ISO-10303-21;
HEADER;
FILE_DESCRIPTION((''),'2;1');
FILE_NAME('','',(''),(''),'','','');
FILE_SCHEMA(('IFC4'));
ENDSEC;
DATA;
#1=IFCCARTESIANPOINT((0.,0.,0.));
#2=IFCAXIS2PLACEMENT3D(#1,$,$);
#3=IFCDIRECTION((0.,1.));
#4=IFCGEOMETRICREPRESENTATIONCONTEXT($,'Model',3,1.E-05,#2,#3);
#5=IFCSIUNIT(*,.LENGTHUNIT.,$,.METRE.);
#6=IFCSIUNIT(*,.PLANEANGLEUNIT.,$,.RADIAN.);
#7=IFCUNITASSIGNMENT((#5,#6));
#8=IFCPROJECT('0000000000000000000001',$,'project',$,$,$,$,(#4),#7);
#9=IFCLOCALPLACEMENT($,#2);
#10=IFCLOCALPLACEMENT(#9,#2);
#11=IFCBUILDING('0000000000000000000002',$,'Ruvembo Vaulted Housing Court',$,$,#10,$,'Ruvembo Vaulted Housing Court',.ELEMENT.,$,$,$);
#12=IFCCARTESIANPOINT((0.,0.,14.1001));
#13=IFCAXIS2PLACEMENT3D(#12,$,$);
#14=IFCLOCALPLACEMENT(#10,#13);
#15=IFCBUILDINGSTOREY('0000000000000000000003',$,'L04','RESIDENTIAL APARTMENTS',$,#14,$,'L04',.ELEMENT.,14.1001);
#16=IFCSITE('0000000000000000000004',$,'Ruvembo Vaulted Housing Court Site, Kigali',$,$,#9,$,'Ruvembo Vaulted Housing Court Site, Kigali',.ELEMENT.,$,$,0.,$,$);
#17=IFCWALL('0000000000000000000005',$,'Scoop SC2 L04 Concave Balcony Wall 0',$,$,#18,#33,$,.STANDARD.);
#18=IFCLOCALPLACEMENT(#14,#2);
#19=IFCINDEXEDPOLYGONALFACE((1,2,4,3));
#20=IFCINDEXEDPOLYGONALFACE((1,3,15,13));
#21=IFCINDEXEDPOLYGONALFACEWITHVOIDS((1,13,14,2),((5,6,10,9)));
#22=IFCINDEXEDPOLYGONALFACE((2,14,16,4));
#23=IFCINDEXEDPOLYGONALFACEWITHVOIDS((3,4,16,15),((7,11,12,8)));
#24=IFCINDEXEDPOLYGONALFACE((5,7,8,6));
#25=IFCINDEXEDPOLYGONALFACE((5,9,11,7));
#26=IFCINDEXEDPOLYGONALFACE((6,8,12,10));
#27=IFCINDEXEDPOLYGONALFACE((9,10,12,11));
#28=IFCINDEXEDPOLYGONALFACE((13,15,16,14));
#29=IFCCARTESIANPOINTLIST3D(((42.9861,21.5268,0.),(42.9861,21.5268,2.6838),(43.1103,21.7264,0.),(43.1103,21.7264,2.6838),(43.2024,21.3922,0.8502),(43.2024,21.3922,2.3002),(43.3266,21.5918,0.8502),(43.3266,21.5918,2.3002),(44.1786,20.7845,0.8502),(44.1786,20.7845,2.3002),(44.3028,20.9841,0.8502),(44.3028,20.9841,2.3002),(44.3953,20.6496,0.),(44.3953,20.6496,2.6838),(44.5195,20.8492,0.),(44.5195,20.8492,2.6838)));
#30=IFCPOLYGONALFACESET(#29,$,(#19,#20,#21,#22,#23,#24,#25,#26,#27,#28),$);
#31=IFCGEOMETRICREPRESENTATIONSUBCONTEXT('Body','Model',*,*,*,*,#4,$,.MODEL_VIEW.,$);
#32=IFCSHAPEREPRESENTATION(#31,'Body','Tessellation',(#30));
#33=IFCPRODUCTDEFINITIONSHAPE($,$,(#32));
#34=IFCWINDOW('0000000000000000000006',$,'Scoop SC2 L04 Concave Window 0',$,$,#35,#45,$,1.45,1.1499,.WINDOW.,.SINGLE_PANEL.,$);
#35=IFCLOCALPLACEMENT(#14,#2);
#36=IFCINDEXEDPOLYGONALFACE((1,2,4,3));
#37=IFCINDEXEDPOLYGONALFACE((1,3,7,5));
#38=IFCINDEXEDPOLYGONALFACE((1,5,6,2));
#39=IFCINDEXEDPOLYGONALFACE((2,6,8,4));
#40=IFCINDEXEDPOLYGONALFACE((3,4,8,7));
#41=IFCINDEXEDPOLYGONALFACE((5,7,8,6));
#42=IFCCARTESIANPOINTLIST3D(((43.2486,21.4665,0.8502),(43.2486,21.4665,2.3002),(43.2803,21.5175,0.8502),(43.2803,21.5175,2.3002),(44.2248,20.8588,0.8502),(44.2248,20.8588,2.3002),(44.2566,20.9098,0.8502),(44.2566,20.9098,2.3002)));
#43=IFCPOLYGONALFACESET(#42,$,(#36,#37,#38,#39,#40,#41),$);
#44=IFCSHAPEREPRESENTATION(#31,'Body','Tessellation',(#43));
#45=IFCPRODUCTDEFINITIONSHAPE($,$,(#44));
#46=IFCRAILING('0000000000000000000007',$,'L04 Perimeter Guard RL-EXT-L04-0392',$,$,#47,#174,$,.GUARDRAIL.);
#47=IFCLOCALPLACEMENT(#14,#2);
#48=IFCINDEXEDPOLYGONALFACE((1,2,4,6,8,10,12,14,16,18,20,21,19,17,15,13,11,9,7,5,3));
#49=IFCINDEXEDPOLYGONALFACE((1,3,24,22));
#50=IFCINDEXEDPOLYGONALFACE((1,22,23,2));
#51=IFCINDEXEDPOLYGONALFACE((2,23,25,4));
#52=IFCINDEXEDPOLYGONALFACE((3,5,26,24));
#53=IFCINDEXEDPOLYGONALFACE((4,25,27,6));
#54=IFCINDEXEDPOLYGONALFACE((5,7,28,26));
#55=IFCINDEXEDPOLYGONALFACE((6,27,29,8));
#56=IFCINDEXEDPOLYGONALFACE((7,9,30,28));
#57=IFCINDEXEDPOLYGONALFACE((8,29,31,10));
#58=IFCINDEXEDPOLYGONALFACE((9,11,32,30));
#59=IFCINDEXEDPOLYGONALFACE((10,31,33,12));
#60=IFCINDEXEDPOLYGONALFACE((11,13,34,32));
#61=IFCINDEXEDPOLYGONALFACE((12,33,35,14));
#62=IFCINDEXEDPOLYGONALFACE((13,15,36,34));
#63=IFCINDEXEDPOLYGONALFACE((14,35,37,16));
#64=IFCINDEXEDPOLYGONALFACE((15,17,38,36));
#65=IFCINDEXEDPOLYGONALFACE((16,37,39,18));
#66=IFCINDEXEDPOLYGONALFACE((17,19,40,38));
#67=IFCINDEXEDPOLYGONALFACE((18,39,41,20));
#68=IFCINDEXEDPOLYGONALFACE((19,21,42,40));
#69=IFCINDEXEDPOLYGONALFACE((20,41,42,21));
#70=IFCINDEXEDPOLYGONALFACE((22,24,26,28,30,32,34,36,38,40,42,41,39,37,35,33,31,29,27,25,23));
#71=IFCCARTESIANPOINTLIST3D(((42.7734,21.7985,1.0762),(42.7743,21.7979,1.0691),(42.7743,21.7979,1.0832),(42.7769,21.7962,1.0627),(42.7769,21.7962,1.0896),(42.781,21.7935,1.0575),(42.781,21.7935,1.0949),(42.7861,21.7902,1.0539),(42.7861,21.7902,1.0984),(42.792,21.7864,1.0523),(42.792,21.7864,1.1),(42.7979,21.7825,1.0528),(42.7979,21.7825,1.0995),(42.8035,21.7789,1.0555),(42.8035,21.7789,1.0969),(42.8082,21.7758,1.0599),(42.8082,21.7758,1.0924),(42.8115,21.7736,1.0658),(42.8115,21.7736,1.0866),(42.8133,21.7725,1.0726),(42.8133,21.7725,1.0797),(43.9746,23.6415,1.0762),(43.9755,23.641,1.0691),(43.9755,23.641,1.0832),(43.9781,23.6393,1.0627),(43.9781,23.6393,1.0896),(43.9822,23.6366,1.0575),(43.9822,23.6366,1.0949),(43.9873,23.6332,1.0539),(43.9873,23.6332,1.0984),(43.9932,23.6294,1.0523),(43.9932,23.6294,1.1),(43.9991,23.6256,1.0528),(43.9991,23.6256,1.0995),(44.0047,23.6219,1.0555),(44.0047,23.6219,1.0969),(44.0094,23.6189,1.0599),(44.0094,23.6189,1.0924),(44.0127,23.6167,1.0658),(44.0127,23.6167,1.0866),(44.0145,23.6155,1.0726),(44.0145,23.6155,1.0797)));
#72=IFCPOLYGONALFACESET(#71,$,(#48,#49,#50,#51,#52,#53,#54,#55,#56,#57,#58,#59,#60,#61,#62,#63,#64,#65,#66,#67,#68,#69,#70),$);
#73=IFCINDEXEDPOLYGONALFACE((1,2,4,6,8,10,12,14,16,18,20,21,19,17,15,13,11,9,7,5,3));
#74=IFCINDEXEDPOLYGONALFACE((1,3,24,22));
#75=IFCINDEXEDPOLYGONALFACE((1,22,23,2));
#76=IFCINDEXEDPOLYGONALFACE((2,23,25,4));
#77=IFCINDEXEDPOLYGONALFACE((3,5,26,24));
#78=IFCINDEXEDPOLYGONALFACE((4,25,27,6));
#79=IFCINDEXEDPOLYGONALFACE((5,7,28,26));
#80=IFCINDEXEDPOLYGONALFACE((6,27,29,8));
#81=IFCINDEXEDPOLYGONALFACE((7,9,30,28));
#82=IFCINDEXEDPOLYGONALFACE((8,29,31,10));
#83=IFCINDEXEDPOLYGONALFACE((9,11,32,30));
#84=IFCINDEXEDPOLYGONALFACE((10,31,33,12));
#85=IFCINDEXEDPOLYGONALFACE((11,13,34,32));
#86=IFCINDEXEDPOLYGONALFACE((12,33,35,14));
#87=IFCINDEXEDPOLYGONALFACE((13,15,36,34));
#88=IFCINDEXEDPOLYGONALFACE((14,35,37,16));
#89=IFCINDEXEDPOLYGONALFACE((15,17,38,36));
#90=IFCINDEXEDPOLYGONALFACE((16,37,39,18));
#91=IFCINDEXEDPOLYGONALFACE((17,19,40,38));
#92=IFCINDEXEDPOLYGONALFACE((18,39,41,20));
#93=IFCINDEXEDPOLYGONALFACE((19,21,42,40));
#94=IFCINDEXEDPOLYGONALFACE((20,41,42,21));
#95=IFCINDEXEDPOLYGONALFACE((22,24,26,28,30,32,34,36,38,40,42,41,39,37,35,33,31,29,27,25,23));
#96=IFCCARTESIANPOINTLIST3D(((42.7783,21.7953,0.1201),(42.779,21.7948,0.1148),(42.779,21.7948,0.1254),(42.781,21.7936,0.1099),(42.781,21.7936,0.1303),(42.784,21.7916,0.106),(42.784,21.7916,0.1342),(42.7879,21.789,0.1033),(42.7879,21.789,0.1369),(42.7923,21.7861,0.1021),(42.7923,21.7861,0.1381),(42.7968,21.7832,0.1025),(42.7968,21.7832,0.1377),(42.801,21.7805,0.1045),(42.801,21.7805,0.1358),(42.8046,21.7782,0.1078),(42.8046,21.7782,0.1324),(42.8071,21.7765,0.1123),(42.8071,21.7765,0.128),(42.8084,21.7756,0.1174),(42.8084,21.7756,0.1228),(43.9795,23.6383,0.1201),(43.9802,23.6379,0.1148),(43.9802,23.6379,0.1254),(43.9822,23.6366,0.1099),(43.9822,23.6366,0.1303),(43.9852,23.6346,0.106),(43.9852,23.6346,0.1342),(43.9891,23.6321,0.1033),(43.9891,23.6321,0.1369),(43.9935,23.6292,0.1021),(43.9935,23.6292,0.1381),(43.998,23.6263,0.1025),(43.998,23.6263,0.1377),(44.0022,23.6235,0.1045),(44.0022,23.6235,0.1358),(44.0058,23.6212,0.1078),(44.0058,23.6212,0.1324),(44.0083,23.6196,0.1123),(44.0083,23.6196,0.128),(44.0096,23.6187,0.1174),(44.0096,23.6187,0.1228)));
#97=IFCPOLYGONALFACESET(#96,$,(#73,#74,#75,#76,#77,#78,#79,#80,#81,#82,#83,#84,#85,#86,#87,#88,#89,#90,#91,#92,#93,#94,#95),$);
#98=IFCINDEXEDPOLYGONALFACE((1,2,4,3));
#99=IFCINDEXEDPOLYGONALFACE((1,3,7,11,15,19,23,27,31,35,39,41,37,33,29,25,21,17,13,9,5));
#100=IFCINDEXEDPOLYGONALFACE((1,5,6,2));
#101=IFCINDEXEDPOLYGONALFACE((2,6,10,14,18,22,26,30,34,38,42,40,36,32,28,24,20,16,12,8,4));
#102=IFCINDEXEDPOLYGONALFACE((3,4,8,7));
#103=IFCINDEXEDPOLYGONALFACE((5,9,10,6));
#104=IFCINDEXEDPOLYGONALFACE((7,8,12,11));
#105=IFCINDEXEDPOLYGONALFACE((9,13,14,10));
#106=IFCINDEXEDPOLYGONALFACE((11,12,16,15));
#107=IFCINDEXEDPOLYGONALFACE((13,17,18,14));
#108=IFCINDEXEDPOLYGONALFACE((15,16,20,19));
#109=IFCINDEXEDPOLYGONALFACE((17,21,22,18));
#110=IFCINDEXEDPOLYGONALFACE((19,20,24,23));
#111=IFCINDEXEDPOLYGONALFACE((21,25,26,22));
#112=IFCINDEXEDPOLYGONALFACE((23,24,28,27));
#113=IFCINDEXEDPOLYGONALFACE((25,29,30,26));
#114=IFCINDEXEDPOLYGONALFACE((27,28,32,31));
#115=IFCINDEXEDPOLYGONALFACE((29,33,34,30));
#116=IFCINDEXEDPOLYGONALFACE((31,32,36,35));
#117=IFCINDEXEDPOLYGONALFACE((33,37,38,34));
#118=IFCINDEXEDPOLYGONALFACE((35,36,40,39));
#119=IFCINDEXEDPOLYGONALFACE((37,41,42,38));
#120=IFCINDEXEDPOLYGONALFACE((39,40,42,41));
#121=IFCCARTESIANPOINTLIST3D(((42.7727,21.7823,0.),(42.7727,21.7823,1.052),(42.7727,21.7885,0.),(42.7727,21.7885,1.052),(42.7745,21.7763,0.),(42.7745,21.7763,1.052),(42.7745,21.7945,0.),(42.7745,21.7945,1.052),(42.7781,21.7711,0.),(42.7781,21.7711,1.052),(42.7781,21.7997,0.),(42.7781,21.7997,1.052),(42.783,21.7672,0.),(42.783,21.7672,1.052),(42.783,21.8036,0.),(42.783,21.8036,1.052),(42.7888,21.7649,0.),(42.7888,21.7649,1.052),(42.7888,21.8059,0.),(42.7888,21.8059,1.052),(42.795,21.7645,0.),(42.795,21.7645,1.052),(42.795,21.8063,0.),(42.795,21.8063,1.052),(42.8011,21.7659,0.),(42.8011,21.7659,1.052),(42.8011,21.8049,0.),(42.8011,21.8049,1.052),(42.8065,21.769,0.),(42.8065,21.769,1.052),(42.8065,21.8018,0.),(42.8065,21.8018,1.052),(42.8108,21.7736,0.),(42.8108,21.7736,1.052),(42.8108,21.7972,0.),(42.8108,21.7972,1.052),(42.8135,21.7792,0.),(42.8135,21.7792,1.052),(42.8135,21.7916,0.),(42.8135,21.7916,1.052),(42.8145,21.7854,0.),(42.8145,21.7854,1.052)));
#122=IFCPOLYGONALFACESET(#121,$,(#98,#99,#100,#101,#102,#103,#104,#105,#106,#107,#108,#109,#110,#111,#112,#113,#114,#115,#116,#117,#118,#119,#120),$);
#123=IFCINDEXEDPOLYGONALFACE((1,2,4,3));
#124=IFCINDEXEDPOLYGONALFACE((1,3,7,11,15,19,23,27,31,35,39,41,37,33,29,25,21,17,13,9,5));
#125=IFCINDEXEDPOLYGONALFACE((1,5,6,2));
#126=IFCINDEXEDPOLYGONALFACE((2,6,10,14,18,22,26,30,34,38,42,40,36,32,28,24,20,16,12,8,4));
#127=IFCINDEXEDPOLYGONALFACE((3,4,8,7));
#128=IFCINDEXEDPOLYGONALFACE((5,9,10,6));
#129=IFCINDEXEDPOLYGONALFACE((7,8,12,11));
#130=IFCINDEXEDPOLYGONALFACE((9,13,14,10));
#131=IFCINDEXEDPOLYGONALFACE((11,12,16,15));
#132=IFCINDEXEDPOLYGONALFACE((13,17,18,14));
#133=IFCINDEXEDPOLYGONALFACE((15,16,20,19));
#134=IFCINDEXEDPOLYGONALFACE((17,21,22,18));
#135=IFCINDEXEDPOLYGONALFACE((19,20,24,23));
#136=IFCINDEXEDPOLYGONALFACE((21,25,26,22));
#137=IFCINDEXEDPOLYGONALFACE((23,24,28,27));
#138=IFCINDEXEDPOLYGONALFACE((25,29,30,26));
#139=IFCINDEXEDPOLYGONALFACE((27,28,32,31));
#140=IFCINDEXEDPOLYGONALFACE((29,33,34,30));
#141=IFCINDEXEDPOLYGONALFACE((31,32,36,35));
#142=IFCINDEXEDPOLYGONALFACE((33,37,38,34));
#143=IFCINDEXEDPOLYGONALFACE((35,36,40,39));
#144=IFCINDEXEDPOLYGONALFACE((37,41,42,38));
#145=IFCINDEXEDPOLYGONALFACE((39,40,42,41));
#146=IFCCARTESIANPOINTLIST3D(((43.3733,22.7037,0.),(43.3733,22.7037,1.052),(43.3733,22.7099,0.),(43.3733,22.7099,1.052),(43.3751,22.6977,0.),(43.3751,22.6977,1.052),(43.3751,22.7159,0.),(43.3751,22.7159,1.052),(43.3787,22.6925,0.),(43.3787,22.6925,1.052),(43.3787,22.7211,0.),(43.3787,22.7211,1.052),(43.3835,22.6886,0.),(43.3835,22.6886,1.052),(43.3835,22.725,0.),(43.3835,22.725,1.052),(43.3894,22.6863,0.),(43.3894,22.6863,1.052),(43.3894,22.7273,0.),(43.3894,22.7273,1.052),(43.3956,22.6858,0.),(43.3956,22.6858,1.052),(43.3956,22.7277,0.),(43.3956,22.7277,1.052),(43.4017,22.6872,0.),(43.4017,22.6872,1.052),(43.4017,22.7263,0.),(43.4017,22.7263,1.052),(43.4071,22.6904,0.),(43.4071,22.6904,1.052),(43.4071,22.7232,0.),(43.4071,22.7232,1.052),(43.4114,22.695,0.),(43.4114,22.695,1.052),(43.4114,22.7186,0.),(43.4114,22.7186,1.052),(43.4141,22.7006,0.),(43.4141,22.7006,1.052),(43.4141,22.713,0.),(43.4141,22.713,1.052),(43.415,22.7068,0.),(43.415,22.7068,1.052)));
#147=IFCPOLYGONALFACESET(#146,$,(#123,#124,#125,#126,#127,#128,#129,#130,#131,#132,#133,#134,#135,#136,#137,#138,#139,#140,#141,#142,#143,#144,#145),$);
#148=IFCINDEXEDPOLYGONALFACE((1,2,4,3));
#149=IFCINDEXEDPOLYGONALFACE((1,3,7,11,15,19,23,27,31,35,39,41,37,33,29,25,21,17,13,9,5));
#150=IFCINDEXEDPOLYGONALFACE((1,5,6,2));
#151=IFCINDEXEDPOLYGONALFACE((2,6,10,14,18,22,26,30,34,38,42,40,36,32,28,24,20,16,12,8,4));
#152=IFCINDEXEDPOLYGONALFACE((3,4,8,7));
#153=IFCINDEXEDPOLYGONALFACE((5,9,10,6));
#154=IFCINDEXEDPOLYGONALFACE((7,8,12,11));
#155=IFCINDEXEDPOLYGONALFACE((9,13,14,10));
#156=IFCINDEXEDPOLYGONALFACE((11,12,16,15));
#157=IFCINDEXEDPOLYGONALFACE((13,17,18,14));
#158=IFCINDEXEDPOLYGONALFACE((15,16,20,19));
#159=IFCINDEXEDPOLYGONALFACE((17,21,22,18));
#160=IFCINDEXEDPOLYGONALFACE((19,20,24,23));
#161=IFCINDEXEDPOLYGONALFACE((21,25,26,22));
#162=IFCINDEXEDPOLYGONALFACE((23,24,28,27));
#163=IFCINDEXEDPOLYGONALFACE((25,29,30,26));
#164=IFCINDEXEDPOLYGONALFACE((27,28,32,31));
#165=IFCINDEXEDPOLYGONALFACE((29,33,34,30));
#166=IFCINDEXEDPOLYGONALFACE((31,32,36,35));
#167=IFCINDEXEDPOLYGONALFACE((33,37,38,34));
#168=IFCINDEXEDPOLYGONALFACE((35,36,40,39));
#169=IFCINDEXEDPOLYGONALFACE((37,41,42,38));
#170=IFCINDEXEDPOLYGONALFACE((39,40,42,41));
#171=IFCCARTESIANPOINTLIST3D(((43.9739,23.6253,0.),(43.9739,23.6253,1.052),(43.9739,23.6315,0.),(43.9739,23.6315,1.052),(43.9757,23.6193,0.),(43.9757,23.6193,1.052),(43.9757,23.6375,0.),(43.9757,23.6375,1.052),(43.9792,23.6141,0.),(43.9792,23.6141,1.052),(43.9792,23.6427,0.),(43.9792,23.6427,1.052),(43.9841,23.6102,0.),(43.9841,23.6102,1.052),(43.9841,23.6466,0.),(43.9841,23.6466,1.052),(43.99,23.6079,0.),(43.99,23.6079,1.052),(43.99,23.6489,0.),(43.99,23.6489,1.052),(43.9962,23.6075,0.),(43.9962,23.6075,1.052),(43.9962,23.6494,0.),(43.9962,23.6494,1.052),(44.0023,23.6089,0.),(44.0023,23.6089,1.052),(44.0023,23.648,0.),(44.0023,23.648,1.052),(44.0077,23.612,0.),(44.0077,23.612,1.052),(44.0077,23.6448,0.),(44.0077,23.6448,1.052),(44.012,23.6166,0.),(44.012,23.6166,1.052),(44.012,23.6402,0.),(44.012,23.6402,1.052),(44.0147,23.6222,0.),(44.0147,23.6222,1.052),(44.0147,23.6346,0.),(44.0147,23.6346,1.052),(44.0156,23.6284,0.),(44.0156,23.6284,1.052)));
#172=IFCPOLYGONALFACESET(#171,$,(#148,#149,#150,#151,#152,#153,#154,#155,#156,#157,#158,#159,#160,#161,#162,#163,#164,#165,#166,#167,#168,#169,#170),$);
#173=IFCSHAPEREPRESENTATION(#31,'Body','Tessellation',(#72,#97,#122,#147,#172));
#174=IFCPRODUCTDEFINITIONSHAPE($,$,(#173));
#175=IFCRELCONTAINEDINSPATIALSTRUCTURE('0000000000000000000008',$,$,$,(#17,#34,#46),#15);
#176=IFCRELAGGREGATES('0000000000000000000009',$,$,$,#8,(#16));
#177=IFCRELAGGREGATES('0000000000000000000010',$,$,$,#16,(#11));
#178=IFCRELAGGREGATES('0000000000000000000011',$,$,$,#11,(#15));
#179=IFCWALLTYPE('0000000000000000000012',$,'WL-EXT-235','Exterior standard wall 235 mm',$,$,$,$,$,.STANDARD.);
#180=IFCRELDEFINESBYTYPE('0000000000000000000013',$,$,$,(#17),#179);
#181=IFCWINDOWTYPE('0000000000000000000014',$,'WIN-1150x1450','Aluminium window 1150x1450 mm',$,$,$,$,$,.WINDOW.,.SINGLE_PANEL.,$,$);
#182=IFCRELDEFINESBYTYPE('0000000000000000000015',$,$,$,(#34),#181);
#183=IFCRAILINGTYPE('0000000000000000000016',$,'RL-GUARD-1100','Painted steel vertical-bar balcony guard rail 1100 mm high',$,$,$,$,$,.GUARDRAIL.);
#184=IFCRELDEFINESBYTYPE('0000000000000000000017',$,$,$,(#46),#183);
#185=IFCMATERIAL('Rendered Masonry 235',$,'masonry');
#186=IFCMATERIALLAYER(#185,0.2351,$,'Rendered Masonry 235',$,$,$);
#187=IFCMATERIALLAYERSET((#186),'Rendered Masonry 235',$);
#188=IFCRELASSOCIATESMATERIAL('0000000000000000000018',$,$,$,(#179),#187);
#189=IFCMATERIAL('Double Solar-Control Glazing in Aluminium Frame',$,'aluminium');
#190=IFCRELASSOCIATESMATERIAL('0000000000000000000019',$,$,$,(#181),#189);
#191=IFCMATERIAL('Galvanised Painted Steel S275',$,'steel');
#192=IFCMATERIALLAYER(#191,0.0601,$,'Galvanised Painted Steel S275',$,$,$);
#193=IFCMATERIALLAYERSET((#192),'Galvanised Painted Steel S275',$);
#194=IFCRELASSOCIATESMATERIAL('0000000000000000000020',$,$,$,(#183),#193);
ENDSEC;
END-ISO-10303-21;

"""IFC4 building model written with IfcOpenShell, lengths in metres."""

from ifc_helpers import new_model, si_unit, direction, frame, frame_2d, origin, origin_2d, place, context, subcontext, project, spatial, rectangle, circle, extrude, material, layer, layer_set, type_object, element, fill, save


model = new_model("IFC4")

# Units and contexts
model_context = context("Model", 3, precision=1e-05, world=origin(), true_north=direction((0.0, 1.0)))
body_context = subcontext(model_context, "Body", "Model", "MODEL_VIEW")
ifc_project = project(units=[si_unit("LENGTHUNIT", "METRE"), si_unit("PLANEANGLEUNIT", "RADIAN")], contexts=[model_context])

# Site, building, storey
site_placement = place(None, origin())
site = spatial("IfcSite", under=ifc_project, at=site_placement, Name="Ruvembo Vaulted Housing Court Site, Kigali", LongName="Ruvembo Vaulted Housing Court Site, Kigali", CompositionType="ELEMENT", RefElevation=0.0)
building_placement = place(site_placement, origin())
building = spatial("IfcBuilding", under=site, at=building_placement, Name="Ruvembo Vaulted Housing Court", LongName="Ruvembo Vaulted Housing Court", CompositionType="ELEMENT")
storey_placement = place(building_placement, frame((0.0, 0.0, 14.1001)))
storey = spatial("IfcBuildingStorey", under=building, at=storey_placement, Name="L04", Description="RESIDENTIAL APARTMENTS", LongName="L04", CompositionType="ELEMENT", Elevation=14.1001)

# Wall, opening, window
ifc_material_1 = material(Name="Rendered Masonry 235", Category="masonry")
ifc_layer_1 = layer(ifc_material_1, 0.2351, Name="Rendered Masonry 235")
ifc_layer_set_1 = layer_set([ifc_layer_1], Name="Rendered Masonry 235")
wall_type_1 = type_object("IfcWallType", Name="WL-EXT-235", Description="Exterior standard wall 235 mm", PredefinedType="STANDARD", material=ifc_layer_set_1)
wall_1_placement = place(storey_placement, frame((43.0481, 21.6267, 0.0), z_axis=(0.0, 0.0, 1.0), x_axis=(0.848955, -0.528464, 0.0)))
wall_1 = element("IfcWall", 1, at=wall_1_placement, inside=storey, type_object=wall_type_1, Name="Scoop SC2 L04 Concave Balcony Wall 0", PredefinedType="STANDARD", context=body_context, shape_type="SweptSolid", body=[
    extrude(rectangle(XDim=1.6599, YDim=0.2351, at=frame_2d((0.8301, 0.0))), origin(), (0.0, 0.0, 1.0), 2.6838),
])
opening_1_placement = place(wall_1_placement, frame((0.2549, 0.0, 0.8501)))
opening_1 = element("IfcOpeningElement", 2, at=opening_1_placement, cuts=wall_1, PredefinedType="OPENING", context=body_context, shape_type="SweptSolid", body=[
    extrude(rectangle(XDim=1.1499, YDim=1.45, at=frame_2d((0.575, 0.7251))), frame((0.0, 0.1274, 0.0), z_axis=(0.0, -1.0, 0.0), x_axis=(1.0, 0.0, 0.0)), (0.0, 0.0, 1.0), 0.2551),
])
ifc_material_2 = material(Name="Double Solar-Control Glazing in Aluminium Frame", Category="aluminium")
window_type = type_object("IfcWindowType", Name="WIN-1150x1450", Description="Aluminium window 1150x1450 mm", PartitioningType="SINGLE_PANEL", PredefinedType="WINDOW", material=ifc_material_2)
window_placement = place(opening_1_placement, origin())
window = element("IfcWindow", 3, at=window_placement, inside=storey, type_object=window_type, Name="Scoop SC2 L04 Concave Window 0", OverallHeight=1.45, OverallWidth=1.1499, PartitioningType="SINGLE_PANEL", PredefinedType="WINDOW", context=body_context, shape_type="SweptSolid", body=[
    extrude(rectangle(XDim=1.1499, YDim=1.45, at=frame_2d((0.575, 0.7251))), frame((0.0, 0.03, 0.0), z_axis=(0.0, -1.0, 0.0), x_axis=(1.0, 0.0, 0.0)), (0.0, 0.0, 1.0), 0.0601),
])
fill(opening_1, window)

# Railing
ifc_material_3 = material(Name="Galvanised Painted Steel S275", Category="steel")
ifc_layer_2 = layer(ifc_material_3, 0.0601, Name="Galvanised Painted Steel S275")
ifc_layer_set_2 = layer_set([ifc_layer_2], Name="Galvanised Painted Steel S275")
railing_type = type_object("IfcRailingType", Name="RL-GUARD-1100", Description="Painted steel vertical-bar balcony guard rail 1100 mm high", PredefinedType="GUARDRAIL", material=ifc_layer_set_2)
railing_1_placement = place(storey_placement, frame((42.7935, 21.7854, 0.0)))
element("IfcRailing", 4, at=railing_1_placement, inside=storey, type_object=railing_type, Name="L04 Perimeter Guard RL-EXT-L04-0392", PredefinedType="GUARDRAIL", context=body_context, shape_type="SweptSolid", body=[
    extrude(circle(Radius=0.0239, at=origin_2d()), frame((0.0, 0.0, 1.0762), z_axis=(0.546014, 0.837776, 0.0), x_axis=(-0.837776, 0.546014, 0.0)), (0.0, 0.0, 1.0), 2.2),
    extrude(circle(Radius=0.0181, at=origin_2d()), frame((0.0, 0.0, 0.1201), z_axis=(0.546014, 0.837776, 0.0), x_axis=(-0.837776, 0.546014, 0.0)), (0.0, 0.0, 1.0), 2.2),
    extrude(circle(Radius=0.021, at=origin_2d()), origin(), (0.0, 0.0, 1.0), 1.052),
    extrude(circle(Radius=0.021, at=origin_2d()), frame((0.6006, 0.9214, 0.0)), (0.0, 0.0, 1.0), 1.052),
    extrude(circle(Radius=0.021, at=origin_2d()), frame((1.2012, 1.843, 0.0)), (0.0, 0.0, 1.0), 1.052),
])

save(model, "model.ifc")
